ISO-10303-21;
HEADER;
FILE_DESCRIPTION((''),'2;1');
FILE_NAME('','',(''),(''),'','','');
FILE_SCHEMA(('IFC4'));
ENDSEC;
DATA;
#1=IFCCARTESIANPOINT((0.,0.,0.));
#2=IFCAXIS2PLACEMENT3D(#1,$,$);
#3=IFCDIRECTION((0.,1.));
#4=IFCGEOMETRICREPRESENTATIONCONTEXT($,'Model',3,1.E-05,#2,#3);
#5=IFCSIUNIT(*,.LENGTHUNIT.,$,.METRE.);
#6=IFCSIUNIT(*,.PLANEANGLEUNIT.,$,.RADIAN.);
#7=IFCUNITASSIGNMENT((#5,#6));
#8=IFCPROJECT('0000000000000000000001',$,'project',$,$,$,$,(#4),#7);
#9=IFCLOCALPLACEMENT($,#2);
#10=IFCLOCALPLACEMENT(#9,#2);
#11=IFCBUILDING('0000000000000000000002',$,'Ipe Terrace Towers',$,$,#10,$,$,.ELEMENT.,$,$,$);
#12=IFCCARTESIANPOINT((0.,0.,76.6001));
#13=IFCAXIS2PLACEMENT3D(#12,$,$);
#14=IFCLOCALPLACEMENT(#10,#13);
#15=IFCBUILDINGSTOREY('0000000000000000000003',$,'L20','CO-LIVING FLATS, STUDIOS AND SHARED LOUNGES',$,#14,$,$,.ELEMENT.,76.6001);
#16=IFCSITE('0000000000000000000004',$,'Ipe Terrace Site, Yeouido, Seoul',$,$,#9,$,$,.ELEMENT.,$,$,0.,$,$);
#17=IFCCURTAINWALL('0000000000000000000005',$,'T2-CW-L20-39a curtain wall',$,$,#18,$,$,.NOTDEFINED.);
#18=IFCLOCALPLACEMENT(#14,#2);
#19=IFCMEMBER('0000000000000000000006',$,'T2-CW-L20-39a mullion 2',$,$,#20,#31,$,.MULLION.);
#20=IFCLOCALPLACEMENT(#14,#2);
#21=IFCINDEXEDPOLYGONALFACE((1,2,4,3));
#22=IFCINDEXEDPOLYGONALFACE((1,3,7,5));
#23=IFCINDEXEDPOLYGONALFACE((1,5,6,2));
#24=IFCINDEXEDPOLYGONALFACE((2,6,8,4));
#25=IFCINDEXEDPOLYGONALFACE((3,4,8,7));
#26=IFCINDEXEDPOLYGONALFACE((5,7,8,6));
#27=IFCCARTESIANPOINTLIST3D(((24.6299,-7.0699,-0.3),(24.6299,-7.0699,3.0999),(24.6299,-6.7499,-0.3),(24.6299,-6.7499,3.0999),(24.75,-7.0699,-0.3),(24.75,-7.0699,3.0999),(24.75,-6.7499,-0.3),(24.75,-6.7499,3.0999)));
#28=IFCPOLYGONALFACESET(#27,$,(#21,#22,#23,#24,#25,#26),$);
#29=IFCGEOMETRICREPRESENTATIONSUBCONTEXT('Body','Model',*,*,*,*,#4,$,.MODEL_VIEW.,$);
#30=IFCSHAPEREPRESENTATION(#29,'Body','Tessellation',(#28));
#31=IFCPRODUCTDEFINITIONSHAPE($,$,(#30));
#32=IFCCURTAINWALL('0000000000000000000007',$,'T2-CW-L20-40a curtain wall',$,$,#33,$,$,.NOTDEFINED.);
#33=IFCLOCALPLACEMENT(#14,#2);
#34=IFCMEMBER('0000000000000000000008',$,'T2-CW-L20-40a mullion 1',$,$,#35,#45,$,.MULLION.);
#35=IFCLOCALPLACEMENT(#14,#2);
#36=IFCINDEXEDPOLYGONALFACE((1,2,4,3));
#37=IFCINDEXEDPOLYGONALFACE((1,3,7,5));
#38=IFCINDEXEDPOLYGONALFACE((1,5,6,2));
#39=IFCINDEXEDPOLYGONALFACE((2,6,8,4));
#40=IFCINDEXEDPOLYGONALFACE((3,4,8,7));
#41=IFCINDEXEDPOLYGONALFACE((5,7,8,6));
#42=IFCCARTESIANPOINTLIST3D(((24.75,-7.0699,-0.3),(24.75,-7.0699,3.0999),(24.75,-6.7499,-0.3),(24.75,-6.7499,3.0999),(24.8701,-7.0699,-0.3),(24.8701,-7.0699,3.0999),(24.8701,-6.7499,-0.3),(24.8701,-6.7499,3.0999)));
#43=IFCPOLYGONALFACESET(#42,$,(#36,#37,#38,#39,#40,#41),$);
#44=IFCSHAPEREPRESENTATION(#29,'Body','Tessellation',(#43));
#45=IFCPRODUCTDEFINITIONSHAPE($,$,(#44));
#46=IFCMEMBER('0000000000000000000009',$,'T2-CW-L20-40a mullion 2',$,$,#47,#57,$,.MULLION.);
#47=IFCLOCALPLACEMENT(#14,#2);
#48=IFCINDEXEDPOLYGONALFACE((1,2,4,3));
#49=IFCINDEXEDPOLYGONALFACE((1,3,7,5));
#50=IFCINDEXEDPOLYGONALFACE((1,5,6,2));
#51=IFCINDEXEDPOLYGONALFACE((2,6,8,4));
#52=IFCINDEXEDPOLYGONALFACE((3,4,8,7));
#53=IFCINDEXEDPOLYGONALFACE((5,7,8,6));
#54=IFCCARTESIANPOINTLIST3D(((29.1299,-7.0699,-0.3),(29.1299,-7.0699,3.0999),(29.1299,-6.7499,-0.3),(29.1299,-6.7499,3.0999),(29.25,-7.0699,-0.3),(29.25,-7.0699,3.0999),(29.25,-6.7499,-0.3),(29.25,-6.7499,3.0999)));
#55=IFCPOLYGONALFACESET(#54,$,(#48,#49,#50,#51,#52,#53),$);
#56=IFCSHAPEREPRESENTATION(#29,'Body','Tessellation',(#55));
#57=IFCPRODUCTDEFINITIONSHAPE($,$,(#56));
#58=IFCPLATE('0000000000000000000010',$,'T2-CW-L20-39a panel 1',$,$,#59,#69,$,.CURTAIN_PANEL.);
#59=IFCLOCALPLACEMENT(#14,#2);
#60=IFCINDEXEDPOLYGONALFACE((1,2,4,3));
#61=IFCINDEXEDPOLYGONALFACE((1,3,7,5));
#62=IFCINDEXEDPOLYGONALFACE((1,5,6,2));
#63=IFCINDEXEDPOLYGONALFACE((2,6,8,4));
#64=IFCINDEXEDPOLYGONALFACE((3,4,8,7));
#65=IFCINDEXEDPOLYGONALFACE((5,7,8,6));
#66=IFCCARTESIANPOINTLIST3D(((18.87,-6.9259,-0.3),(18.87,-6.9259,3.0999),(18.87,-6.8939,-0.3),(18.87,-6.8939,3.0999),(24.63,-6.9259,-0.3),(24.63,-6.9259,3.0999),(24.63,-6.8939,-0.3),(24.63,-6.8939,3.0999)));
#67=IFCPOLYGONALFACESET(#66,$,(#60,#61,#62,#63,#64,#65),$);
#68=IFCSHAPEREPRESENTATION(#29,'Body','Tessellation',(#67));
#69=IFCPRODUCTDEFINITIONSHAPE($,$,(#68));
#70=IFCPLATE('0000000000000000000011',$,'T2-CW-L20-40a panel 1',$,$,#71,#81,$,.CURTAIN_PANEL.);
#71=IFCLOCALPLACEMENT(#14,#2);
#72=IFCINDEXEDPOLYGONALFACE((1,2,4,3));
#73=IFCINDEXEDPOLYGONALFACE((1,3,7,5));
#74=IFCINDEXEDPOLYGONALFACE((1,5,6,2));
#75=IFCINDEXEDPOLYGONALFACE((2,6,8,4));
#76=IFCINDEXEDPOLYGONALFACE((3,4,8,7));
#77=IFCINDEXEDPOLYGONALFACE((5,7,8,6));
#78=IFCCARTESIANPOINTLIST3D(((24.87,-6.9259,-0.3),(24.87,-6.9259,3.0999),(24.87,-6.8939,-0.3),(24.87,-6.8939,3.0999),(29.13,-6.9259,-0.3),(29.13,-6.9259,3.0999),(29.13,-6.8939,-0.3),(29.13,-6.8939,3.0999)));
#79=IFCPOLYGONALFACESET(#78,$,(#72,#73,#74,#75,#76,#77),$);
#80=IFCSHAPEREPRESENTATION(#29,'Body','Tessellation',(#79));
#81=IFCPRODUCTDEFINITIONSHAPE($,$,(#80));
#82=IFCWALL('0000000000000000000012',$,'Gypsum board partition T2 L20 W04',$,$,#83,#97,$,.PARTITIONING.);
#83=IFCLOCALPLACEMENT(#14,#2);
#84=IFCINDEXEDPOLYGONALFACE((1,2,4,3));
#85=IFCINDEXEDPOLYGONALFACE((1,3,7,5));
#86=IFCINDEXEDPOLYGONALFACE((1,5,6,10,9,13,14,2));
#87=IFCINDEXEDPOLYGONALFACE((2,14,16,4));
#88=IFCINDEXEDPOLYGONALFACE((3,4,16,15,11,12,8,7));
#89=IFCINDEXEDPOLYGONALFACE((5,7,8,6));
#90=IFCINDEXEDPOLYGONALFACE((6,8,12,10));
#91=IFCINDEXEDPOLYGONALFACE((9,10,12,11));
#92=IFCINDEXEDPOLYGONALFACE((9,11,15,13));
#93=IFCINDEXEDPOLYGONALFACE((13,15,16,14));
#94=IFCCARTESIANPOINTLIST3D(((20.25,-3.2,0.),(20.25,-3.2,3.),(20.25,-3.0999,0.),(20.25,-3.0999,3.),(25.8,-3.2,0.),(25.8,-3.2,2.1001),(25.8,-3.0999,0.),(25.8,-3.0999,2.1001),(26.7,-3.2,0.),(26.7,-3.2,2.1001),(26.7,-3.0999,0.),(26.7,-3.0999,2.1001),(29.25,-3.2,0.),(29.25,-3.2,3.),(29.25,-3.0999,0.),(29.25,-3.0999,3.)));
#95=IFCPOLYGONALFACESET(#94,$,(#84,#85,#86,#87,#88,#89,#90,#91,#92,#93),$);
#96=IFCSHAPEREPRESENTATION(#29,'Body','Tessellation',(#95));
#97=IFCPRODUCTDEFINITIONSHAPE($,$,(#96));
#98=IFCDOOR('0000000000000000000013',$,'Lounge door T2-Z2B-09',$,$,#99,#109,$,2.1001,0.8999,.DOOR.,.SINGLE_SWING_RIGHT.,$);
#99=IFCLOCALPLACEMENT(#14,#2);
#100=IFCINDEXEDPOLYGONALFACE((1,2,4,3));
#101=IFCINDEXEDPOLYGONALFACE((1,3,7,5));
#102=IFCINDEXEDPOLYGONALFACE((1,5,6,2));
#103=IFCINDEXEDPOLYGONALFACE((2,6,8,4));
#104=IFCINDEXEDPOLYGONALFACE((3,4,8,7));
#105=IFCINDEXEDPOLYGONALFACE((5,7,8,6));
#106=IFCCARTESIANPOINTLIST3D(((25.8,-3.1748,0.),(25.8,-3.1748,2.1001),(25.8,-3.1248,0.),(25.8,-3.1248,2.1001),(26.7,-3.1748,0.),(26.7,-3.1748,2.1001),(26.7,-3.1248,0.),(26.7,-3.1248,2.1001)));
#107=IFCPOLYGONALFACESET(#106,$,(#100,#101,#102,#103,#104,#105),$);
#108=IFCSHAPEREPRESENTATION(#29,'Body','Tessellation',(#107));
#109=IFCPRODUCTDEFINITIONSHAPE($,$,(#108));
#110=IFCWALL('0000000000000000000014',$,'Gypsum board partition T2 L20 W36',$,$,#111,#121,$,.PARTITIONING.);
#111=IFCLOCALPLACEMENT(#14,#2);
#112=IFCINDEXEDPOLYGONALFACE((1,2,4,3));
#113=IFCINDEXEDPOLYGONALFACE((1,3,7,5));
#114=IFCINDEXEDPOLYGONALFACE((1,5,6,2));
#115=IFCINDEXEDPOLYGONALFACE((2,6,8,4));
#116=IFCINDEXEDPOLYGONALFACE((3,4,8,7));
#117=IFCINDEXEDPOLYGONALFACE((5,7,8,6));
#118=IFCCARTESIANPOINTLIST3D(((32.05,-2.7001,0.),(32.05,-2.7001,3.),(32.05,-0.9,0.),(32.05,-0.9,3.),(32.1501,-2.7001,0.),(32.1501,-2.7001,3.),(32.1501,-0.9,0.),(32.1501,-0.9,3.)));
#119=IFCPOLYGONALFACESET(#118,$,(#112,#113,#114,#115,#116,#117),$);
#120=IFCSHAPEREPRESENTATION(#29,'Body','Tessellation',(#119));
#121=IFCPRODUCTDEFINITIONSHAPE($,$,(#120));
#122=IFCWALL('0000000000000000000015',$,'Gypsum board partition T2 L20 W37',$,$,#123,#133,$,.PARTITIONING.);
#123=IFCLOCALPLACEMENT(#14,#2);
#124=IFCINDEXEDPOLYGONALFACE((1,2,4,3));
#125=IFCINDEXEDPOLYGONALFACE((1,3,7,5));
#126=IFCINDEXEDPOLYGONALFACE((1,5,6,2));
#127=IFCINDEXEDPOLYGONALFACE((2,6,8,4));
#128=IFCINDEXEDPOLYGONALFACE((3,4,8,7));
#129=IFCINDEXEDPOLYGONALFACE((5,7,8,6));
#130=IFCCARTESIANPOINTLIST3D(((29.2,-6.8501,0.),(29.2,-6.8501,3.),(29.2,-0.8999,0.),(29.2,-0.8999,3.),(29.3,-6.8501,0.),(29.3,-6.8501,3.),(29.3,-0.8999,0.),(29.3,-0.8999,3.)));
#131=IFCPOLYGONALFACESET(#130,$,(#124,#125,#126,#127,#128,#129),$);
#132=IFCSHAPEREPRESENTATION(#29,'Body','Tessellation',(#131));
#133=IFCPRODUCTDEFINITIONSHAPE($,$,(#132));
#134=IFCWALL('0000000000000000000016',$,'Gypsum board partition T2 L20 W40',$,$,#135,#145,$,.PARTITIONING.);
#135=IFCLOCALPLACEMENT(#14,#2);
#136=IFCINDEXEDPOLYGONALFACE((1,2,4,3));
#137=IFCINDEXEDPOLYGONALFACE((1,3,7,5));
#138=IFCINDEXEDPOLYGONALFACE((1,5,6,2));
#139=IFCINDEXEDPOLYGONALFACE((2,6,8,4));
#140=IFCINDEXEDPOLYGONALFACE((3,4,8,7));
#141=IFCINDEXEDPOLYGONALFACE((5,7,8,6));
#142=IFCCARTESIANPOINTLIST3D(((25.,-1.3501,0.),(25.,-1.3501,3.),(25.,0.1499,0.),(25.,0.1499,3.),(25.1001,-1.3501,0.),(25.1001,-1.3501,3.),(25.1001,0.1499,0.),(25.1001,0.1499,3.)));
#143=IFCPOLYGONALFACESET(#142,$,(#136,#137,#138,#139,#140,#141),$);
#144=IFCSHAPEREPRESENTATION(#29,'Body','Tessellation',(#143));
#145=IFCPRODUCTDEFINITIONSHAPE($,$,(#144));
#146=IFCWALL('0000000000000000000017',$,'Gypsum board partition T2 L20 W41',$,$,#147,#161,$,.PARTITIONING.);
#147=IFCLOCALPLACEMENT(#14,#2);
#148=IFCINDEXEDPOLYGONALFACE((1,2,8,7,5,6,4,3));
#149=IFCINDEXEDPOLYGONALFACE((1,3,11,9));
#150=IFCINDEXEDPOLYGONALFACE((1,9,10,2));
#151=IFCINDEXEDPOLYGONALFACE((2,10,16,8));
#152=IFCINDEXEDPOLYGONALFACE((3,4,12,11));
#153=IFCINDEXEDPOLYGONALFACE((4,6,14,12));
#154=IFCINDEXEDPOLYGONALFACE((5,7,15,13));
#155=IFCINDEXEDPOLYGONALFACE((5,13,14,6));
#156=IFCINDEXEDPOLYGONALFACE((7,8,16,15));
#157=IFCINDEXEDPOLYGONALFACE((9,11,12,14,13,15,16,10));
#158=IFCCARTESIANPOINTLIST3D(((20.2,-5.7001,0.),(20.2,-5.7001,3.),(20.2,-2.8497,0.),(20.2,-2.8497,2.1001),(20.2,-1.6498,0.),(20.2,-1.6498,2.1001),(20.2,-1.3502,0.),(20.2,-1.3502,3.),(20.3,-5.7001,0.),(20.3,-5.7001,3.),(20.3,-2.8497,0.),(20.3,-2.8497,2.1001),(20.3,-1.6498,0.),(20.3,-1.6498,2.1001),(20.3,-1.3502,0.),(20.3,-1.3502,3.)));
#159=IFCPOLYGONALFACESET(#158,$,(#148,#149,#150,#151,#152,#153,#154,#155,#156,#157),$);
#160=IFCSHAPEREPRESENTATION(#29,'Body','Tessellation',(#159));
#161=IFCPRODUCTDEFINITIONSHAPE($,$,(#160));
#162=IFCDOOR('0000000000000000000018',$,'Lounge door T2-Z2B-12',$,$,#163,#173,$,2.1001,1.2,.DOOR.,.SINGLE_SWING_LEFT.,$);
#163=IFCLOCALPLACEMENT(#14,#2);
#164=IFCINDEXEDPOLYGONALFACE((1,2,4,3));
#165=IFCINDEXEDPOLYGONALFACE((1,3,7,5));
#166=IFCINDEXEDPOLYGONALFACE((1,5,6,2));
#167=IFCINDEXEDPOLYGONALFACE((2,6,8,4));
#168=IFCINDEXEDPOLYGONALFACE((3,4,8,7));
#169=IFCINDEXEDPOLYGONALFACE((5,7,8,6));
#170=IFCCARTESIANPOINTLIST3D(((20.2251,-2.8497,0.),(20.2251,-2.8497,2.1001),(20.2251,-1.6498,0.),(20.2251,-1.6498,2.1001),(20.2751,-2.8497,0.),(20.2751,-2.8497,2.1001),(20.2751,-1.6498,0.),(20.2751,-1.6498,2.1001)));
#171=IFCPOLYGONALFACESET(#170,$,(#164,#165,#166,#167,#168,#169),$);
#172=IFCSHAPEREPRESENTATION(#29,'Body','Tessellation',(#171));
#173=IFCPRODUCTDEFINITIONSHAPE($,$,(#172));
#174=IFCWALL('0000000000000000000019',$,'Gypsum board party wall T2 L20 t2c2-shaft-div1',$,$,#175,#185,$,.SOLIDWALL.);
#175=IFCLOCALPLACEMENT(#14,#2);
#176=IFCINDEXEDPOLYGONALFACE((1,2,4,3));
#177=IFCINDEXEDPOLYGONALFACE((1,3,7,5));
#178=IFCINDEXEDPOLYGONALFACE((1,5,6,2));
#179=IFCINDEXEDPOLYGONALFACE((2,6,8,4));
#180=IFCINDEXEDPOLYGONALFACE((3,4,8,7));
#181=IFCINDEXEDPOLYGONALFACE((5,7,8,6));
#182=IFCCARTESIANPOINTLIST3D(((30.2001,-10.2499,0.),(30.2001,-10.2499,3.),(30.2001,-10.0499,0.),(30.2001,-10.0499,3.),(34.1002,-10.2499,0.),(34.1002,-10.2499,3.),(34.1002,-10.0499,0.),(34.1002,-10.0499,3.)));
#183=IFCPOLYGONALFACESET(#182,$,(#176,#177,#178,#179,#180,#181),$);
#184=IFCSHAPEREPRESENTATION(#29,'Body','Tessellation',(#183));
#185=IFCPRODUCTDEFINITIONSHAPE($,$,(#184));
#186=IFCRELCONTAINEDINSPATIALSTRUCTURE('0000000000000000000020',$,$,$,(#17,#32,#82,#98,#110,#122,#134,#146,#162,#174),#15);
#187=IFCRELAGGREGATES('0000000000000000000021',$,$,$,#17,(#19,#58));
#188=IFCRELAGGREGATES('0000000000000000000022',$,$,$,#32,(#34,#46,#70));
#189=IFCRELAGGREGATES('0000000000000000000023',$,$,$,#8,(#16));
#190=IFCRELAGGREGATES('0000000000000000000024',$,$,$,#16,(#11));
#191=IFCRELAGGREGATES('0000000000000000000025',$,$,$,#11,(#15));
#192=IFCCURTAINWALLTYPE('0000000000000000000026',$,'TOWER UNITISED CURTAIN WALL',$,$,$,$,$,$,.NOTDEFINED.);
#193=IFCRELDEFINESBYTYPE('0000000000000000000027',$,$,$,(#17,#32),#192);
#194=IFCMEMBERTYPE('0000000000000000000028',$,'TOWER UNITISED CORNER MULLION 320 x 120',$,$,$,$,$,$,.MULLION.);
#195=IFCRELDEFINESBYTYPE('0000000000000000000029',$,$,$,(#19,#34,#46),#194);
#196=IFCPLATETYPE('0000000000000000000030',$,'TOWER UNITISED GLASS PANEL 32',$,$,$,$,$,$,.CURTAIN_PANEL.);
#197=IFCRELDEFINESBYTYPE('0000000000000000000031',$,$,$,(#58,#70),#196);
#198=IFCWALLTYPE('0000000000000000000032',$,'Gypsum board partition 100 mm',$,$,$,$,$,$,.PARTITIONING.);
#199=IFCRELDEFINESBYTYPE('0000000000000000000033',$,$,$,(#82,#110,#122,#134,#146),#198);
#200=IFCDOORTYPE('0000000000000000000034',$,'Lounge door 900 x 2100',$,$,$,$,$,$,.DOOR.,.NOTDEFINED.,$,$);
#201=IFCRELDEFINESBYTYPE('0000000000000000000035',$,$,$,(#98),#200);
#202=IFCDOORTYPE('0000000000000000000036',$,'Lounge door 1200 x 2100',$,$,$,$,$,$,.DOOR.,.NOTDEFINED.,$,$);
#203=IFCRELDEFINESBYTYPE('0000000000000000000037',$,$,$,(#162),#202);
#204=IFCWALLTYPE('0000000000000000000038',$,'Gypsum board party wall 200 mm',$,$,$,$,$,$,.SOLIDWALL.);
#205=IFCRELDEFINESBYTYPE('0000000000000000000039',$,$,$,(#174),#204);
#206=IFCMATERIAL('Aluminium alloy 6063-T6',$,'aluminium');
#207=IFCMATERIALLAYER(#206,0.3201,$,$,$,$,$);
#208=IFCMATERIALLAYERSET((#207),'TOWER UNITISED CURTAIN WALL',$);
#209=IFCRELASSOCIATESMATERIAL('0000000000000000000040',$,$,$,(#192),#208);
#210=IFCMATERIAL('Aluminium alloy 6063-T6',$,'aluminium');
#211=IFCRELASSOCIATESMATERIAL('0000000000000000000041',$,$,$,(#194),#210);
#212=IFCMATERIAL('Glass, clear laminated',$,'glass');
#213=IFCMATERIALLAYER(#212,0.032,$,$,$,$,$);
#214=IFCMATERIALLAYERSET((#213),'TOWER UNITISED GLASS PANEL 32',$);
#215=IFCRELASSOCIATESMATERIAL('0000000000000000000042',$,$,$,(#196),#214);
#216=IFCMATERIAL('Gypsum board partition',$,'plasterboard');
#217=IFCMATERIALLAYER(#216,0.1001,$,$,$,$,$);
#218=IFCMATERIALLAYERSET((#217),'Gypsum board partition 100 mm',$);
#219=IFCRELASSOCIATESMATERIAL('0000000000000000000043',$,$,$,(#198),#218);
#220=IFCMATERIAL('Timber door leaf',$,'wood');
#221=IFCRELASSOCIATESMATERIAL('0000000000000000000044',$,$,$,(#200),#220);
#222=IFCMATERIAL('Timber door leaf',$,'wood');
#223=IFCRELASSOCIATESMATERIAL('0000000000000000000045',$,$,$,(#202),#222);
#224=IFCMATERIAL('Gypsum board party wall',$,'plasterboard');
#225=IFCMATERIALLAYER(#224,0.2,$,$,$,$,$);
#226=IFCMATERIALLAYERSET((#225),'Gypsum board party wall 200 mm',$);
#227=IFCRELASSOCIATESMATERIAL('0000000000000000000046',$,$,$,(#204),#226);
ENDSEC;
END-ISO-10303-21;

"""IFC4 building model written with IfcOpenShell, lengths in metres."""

from ifc_helpers import new_model, si_unit, direction, frame, frame_2d, origin, origin_2d, place, context, subcontext, project, spatial, rectangle, extrude, material, layer, layer_set, material_profile, profile_set, type_object, element, fill, aggregate, save


model = new_model("IFC4")

# Units and contexts
model_context = context("Model", 3, precision=1e-05, world=origin(), true_north=direction((0.0, 1.0)))
body_context = subcontext(model_context, "Body", "Model", "MODEL_VIEW")
ifc_project = project(units=[si_unit("LENGTHUNIT", "METRE"), si_unit("PLANEANGLEUNIT", "RADIAN")], contexts=[model_context])

# Site, building, storey
site_placement = place(None, origin())
site = spatial("IfcSite", under=ifc_project, at=site_placement, Name="Ipe Terrace Site, Yeouido, Seoul", CompositionType="ELEMENT", RefElevation=0.0)
building_placement = place(site_placement, origin())
building = spatial("IfcBuilding", under=site, at=building_placement, Name="Ipe Terrace Towers", CompositionType="ELEMENT")
storey_placement = place(building_placement, frame((0.0, 0.0, 76.6001)))
storey = spatial("IfcBuildingStorey", under=building, at=storey_placement, Name="L20", Description="CO-LIVING FLATS, STUDIOS AND SHARED LOUNGES", CompositionType="ELEMENT", Elevation=76.6001)

# Curtain wall, member
ifc_material_1 = material(Name="Aluminium alloy 6063-T6", Category="aluminium")
ifc_layer_1 = layer(ifc_material_1, 0.3201)
ifc_layer_set_1 = layer_set([ifc_layer_1], Name="TOWER UNITISED CURTAIN WALL")
curtain_wall_type = type_object("IfcCurtainWallType", Name="TOWER UNITISED CURTAIN WALL", PredefinedType="NOTDEFINED", material=ifc_layer_set_1)
curtain_wall_1_placement = place(storey_placement, origin())
curtain_wall_1 = element("IfcCurtainWall", 1, at=curtain_wall_1_placement, inside=storey, type_object=curtain_wall_type, Name="T2-CW-L20-39a curtain wall", PredefinedType="NOTDEFINED")
ifc_material_2 = material(Name="Aluminium alloy 6063-T6", Category="aluminium")
ifc_material_profile_1 = material_profile(ifc_material_2, rectangle(XDim=0.3201, YDim=0.1201, at=origin_2d()), Name="TOWER UNITISED CORNER MULLION 320 x 120")
ifc_profile_set_1 = profile_set([ifc_material_profile_1], Name="Aluminium alloy 6063-T6")
member_type = type_object("IfcMemberType", Name="TOWER UNITISED CORNER MULLION 320 x 120", PredefinedType="MULLION", material=ifc_profile_set_1)
member_1_placement = place(storey_placement, frame((24.6899, -6.9099, -0.3), z_axis=(0.0, 0.0, 1.0), x_axis=(0.0, -1.0, 0.0)))
member_1 = element("IfcMember", 2, at=member_1_placement, type_object=member_type, Name="T2-CW-L20-39a mullion 2", PredefinedType="MULLION", context=body_context, shape_type="SweptSolid", body=[
    extrude(rectangle(XDim=0.3201, YDim=0.1201, at=origin_2d()), origin(), (0.0, 0.0, 1.0), 3.3999),
])

# Curtain wall, members
curtain_wall_2_placement = place(storey_placement, origin())
curtain_wall_2 = element("IfcCurtainWall", 3, at=curtain_wall_2_placement, inside=storey, type_object=curtain_wall_type, Name="T2-CW-L20-40a curtain wall", PredefinedType="NOTDEFINED")
member_2_placement = place(storey_placement, frame((24.8101, -6.9099, -0.3), z_axis=(0.0, 0.0, 1.0), x_axis=(0.0, -1.0, 0.0)))
member_2 = element("IfcMember", 4, at=member_2_placement, type_object=member_type, Name="T2-CW-L20-40a mullion 1", PredefinedType="MULLION", context=body_context, shape_type="SweptSolid", body=[
    extrude(rectangle(XDim=0.3201, YDim=0.1201, at=origin_2d()), origin(), (0.0, 0.0, 1.0), 3.3999),
])
member_3_placement = place(storey_placement, frame((29.1899, -6.9099, -0.3), z_axis=(0.0, 0.0, 1.0), x_axis=(0.0, -1.0, 0.0)))
member_3 = element("IfcMember", 5, at=member_3_placement, type_object=member_type, Name="T2-CW-L20-40a mullion 2", PredefinedType="MULLION", context=body_context, shape_type="SweptSolid", body=[
    extrude(rectangle(XDim=0.3201, YDim=0.1201, at=origin_2d()), origin(), (0.0, 0.0, 1.0), 3.3999),
])

# Plates
ifc_material_3 = material(Name="Glass, clear laminated", Category="glass")
ifc_layer_2 = layer(ifc_material_3, 0.032)
ifc_layer_set_2 = layer_set([ifc_layer_2], Name="TOWER UNITISED GLASS PANEL 32")
plate_type = type_object("IfcPlateType", Name="TOWER UNITISED GLASS PANEL 32", PredefinedType="CURTAIN_PANEL", material=ifc_layer_set_2)
plate_1_placement = place(storey_placement, frame((21.75, -6.9099, -0.3), z_axis=(0.0, 0.0, 1.0), x_axis=(1.0, 0.0, 0.0)))
plate_1 = element("IfcPlate", 6, at=plate_1_placement, type_object=plate_type, Name="T2-CW-L20-39a panel 1", PredefinedType="CURTAIN_PANEL", context=body_context, shape_type="SweptSolid", body=[
    extrude(rectangle(XDim=5.76, YDim=0.032, at=origin_2d()), origin(), (0.0, 0.0, 1.0), 3.3999),
])
aggregate(curtain_wall_1, [member_1, plate_1])
plate_2_placement = place(storey_placement, frame((27.0, -6.9099, -0.3), z_axis=(0.0, 0.0, 1.0), x_axis=(1.0, 0.0, 0.0)))
plate_2 = element("IfcPlate", 7, at=plate_2_placement, type_object=plate_type, Name="T2-CW-L20-40a panel 1", PredefinedType="CURTAIN_PANEL", context=body_context, shape_type="SweptSolid", body=[
    extrude(rectangle(XDim=4.26, YDim=0.032, at=origin_2d()), origin(), (0.0, 0.0, 1.0), 3.3999),
])
aggregate(curtain_wall_2, [member_2, member_3, plate_2])

# Wall, opening, door
ifc_material_4 = material(Name="Gypsum board partition", Category="plasterboard")
ifc_layer_3 = layer(ifc_material_4, 0.1001)
ifc_layer_set_3 = layer_set([ifc_layer_3], Name="Gypsum board partition 100 mm")
wall_type_1 = type_object("IfcWallType", Name="Gypsum board partition 100 mm", PredefinedType="PARTITIONING", material=ifc_layer_set_3)
wall_1_placement = place(storey_placement, frame((29.25, -3.1499, 0.0), z_axis=(0.0, 0.0, 1.0), x_axis=(-1.0, 0.0, 0.0)))
wall_1 = element("IfcWall", 8, at=wall_1_placement, inside=storey, type_object=wall_type_1, Name="Gypsum board partition T2 L20 W04", PredefinedType="PARTITIONING", context=body_context, shape_type="SweptSolid", body=[
    extrude(rectangle(XDim=9.0, YDim=0.1001, at=frame_2d((4.5, 0.0))), origin(), (0.0, 0.0, 1.0), 3.0),
])
opening_1_placement = place(wall_1_placement, frame((2.55, 0.0, 0.0)))
opening_1 = element("IfcOpeningElement", 9, at=opening_1_placement, cuts=wall_1, PredefinedType="OPENING", context=body_context, shape_type="SweptSolid", body=[
    extrude(rectangle(XDim=0.8999, YDim=2.1001, at=frame_2d((0.45, 1.05))), frame((0.0, 0.0601, 0.0), z_axis=(0.0, -1.0, 0.0), x_axis=(1.0, 0.0, 0.0)), (0.0, 0.0, 1.0), 0.1201),
])
ifc_material_5 = material(Name="Timber door leaf", Category="wood")
door_type_1 = type_object("IfcDoorType", Name="Lounge door 900 x 2100", OperationType="NOTDEFINED", PredefinedType="DOOR", material=ifc_material_5)
door_1_placement = place(opening_1_placement, origin())
door_1 = element("IfcDoor", 10, at=door_1_placement, inside=storey, type_object=door_type_1, Name="Lounge door T2-Z2B-09", OperationType="SINGLE_SWING_RIGHT", OverallHeight=2.1001, OverallWidth=0.8999, PredefinedType="DOOR", context=body_context, shape_type="SweptSolid", body=[
    extrude(rectangle(XDim=0.8999, YDim=2.1001, at=frame_2d((0.45, 1.05))), frame((0.0, 0.0249, 0.0), z_axis=(0.0, -1.0, 0.0), x_axis=(1.0, 0.0, 0.0)), (0.0, 0.0, 1.0), 0.05),
])
fill(opening_1, door_1)

# Walls
wall_2_placement = place(storey_placement, frame((32.1001, -2.7, 0.0), z_axis=(0.0, 0.0, 1.0), x_axis=(0.0, 1.0, 0.0)))
element("IfcWall", 11, at=wall_2_placement, inside=storey, type_object=wall_type_1, Name="Gypsum board partition T2 L20 W36", PredefinedType="PARTITIONING", context=body_context, shape_type="SweptSolid", body=[
    extrude(rectangle(XDim=1.8, YDim=0.1001, at=frame_2d((0.8999, 0.0))), origin(), (0.0, 0.0, 1.0), 3.0),
])
wall_3_placement = place(storey_placement, frame((29.25, -6.8501, 0.0), z_axis=(0.0, 0.0, 1.0), x_axis=(0.0, 1.0, 0.0)))
element("IfcWall", 12, at=wall_3_placement, inside=storey, type_object=wall_type_1, Name="Gypsum board partition T2 L20 W37", PredefinedType="PARTITIONING", context=body_context, shape_type="SweptSolid", body=[
    extrude(rectangle(XDim=5.9502, YDim=0.1001, at=frame_2d((2.9751, 0.0))), origin(), (0.0, 0.0, 1.0), 3.0),
])
wall_4_placement = place(storey_placement, frame((25.05, -1.3501, 0.0), z_axis=(0.0, 0.0, 1.0), x_axis=(0.0, 1.0, 0.0)))
element("IfcWall", 13, at=wall_4_placement, inside=storey, type_object=wall_type_1, Name="Gypsum board partition T2 L20 W40", PredefinedType="PARTITIONING", context=body_context, shape_type="SweptSolid", body=[
    extrude(rectangle(XDim=1.5, YDim=0.1001, at=frame_2d((0.75, 0.0))), origin(), (0.0, 0.0, 1.0), 3.0),
])

# Wall, opening, door
wall_5_placement = place(storey_placement, frame((20.25, -5.7, 0.0), z_axis=(0.0, 0.0, 1.0), x_axis=(0.0, 1.0, 0.0)))
wall_5 = element("IfcWall", 14, at=wall_5_placement, inside=storey, type_object=wall_type_1, Name="Gypsum board partition T2 L20 W41", PredefinedType="PARTITIONING", context=body_context, shape_type="SweptSolid", body=[
    extrude(rectangle(XDim=4.3499, YDim=0.1001, at=frame_2d((2.1748, 0.0))), origin(), (0.0, 0.0, 1.0), 3.0),
])
opening_2_placement = place(wall_5_placement, frame((2.8501, 0.0, 0.0)))
opening_2 = element("IfcOpeningElement", 15, at=opening_2_placement, cuts=wall_5, PredefinedType="OPENING", context=body_context, shape_type="SweptSolid", body=[
    extrude(rectangle(XDim=1.2, YDim=2.1001, at=frame_2d((0.6001, 1.05))), frame((0.0, 0.0601, 0.0), z_axis=(0.0, -1.0, 0.0), x_axis=(1.0, 0.0, 0.0)), (0.0, 0.0, 1.0), 0.1201),
])
ifc_material_6 = material(Name="Timber door leaf", Category="wood")
door_type_2 = type_object("IfcDoorType", Name="Lounge door 1200 x 2100", OperationType="NOTDEFINED", PredefinedType="DOOR", material=ifc_material_6)
door_2_placement = place(opening_2_placement, origin())
door_2 = element("IfcDoor", 16, at=door_2_placement, inside=storey, type_object=door_type_2, Name="Lounge door T2-Z2B-12", OperationType="SINGLE_SWING_LEFT", OverallHeight=2.1001, OverallWidth=1.2, PredefinedType="DOOR", context=body_context, shape_type="SweptSolid", body=[
    extrude(rectangle(XDim=1.2, YDim=2.1001, at=frame_2d((0.6001, 1.05))), frame((0.0, 0.0249, 0.0), z_axis=(0.0, -1.0, 0.0), x_axis=(1.0, 0.0, 0.0)), (0.0, 0.0, 1.0), 0.05),
])
fill(opening_2, door_2)

# Wall
ifc_material_7 = material(Name="Gypsum board party wall", Category="plasterboard")
ifc_layer_4 = layer(ifc_material_7, 0.2)
ifc_layer_set_4 = layer_set([ifc_layer_4], Name="Gypsum board party wall 200 mm")
wall_type_2 = type_object("IfcWallType", Name="Gypsum board party wall 200 mm", PredefinedType="SOLIDWALL", material=ifc_layer_set_4)
for number, where, z_axis, x_axis, name in (
    (17, (30.2, -10.1499, 0.0), (0.0, 0.0, 1.0), (1.0, 0.0, 0.0), "Gypsum board party wall T2 L20 t2c2-shaft-div1"),
):
    element("IfcWall", number, at=place(storey_placement, frame(where, z_axis=z_axis, x_axis=x_axis)), inside=storey, type_object=wall_type_2, Name=name, PredefinedType="SOLIDWALL", context=body_context, shape_type="SweptSolid", body=[
        extrude(rectangle(XDim=3.9001, YDim=0.2, at=frame_2d((1.9502, 0.0))), origin(), (0.0, 0.0, 1.0), 3.0),
    ])

save(model, "model.ifc")
